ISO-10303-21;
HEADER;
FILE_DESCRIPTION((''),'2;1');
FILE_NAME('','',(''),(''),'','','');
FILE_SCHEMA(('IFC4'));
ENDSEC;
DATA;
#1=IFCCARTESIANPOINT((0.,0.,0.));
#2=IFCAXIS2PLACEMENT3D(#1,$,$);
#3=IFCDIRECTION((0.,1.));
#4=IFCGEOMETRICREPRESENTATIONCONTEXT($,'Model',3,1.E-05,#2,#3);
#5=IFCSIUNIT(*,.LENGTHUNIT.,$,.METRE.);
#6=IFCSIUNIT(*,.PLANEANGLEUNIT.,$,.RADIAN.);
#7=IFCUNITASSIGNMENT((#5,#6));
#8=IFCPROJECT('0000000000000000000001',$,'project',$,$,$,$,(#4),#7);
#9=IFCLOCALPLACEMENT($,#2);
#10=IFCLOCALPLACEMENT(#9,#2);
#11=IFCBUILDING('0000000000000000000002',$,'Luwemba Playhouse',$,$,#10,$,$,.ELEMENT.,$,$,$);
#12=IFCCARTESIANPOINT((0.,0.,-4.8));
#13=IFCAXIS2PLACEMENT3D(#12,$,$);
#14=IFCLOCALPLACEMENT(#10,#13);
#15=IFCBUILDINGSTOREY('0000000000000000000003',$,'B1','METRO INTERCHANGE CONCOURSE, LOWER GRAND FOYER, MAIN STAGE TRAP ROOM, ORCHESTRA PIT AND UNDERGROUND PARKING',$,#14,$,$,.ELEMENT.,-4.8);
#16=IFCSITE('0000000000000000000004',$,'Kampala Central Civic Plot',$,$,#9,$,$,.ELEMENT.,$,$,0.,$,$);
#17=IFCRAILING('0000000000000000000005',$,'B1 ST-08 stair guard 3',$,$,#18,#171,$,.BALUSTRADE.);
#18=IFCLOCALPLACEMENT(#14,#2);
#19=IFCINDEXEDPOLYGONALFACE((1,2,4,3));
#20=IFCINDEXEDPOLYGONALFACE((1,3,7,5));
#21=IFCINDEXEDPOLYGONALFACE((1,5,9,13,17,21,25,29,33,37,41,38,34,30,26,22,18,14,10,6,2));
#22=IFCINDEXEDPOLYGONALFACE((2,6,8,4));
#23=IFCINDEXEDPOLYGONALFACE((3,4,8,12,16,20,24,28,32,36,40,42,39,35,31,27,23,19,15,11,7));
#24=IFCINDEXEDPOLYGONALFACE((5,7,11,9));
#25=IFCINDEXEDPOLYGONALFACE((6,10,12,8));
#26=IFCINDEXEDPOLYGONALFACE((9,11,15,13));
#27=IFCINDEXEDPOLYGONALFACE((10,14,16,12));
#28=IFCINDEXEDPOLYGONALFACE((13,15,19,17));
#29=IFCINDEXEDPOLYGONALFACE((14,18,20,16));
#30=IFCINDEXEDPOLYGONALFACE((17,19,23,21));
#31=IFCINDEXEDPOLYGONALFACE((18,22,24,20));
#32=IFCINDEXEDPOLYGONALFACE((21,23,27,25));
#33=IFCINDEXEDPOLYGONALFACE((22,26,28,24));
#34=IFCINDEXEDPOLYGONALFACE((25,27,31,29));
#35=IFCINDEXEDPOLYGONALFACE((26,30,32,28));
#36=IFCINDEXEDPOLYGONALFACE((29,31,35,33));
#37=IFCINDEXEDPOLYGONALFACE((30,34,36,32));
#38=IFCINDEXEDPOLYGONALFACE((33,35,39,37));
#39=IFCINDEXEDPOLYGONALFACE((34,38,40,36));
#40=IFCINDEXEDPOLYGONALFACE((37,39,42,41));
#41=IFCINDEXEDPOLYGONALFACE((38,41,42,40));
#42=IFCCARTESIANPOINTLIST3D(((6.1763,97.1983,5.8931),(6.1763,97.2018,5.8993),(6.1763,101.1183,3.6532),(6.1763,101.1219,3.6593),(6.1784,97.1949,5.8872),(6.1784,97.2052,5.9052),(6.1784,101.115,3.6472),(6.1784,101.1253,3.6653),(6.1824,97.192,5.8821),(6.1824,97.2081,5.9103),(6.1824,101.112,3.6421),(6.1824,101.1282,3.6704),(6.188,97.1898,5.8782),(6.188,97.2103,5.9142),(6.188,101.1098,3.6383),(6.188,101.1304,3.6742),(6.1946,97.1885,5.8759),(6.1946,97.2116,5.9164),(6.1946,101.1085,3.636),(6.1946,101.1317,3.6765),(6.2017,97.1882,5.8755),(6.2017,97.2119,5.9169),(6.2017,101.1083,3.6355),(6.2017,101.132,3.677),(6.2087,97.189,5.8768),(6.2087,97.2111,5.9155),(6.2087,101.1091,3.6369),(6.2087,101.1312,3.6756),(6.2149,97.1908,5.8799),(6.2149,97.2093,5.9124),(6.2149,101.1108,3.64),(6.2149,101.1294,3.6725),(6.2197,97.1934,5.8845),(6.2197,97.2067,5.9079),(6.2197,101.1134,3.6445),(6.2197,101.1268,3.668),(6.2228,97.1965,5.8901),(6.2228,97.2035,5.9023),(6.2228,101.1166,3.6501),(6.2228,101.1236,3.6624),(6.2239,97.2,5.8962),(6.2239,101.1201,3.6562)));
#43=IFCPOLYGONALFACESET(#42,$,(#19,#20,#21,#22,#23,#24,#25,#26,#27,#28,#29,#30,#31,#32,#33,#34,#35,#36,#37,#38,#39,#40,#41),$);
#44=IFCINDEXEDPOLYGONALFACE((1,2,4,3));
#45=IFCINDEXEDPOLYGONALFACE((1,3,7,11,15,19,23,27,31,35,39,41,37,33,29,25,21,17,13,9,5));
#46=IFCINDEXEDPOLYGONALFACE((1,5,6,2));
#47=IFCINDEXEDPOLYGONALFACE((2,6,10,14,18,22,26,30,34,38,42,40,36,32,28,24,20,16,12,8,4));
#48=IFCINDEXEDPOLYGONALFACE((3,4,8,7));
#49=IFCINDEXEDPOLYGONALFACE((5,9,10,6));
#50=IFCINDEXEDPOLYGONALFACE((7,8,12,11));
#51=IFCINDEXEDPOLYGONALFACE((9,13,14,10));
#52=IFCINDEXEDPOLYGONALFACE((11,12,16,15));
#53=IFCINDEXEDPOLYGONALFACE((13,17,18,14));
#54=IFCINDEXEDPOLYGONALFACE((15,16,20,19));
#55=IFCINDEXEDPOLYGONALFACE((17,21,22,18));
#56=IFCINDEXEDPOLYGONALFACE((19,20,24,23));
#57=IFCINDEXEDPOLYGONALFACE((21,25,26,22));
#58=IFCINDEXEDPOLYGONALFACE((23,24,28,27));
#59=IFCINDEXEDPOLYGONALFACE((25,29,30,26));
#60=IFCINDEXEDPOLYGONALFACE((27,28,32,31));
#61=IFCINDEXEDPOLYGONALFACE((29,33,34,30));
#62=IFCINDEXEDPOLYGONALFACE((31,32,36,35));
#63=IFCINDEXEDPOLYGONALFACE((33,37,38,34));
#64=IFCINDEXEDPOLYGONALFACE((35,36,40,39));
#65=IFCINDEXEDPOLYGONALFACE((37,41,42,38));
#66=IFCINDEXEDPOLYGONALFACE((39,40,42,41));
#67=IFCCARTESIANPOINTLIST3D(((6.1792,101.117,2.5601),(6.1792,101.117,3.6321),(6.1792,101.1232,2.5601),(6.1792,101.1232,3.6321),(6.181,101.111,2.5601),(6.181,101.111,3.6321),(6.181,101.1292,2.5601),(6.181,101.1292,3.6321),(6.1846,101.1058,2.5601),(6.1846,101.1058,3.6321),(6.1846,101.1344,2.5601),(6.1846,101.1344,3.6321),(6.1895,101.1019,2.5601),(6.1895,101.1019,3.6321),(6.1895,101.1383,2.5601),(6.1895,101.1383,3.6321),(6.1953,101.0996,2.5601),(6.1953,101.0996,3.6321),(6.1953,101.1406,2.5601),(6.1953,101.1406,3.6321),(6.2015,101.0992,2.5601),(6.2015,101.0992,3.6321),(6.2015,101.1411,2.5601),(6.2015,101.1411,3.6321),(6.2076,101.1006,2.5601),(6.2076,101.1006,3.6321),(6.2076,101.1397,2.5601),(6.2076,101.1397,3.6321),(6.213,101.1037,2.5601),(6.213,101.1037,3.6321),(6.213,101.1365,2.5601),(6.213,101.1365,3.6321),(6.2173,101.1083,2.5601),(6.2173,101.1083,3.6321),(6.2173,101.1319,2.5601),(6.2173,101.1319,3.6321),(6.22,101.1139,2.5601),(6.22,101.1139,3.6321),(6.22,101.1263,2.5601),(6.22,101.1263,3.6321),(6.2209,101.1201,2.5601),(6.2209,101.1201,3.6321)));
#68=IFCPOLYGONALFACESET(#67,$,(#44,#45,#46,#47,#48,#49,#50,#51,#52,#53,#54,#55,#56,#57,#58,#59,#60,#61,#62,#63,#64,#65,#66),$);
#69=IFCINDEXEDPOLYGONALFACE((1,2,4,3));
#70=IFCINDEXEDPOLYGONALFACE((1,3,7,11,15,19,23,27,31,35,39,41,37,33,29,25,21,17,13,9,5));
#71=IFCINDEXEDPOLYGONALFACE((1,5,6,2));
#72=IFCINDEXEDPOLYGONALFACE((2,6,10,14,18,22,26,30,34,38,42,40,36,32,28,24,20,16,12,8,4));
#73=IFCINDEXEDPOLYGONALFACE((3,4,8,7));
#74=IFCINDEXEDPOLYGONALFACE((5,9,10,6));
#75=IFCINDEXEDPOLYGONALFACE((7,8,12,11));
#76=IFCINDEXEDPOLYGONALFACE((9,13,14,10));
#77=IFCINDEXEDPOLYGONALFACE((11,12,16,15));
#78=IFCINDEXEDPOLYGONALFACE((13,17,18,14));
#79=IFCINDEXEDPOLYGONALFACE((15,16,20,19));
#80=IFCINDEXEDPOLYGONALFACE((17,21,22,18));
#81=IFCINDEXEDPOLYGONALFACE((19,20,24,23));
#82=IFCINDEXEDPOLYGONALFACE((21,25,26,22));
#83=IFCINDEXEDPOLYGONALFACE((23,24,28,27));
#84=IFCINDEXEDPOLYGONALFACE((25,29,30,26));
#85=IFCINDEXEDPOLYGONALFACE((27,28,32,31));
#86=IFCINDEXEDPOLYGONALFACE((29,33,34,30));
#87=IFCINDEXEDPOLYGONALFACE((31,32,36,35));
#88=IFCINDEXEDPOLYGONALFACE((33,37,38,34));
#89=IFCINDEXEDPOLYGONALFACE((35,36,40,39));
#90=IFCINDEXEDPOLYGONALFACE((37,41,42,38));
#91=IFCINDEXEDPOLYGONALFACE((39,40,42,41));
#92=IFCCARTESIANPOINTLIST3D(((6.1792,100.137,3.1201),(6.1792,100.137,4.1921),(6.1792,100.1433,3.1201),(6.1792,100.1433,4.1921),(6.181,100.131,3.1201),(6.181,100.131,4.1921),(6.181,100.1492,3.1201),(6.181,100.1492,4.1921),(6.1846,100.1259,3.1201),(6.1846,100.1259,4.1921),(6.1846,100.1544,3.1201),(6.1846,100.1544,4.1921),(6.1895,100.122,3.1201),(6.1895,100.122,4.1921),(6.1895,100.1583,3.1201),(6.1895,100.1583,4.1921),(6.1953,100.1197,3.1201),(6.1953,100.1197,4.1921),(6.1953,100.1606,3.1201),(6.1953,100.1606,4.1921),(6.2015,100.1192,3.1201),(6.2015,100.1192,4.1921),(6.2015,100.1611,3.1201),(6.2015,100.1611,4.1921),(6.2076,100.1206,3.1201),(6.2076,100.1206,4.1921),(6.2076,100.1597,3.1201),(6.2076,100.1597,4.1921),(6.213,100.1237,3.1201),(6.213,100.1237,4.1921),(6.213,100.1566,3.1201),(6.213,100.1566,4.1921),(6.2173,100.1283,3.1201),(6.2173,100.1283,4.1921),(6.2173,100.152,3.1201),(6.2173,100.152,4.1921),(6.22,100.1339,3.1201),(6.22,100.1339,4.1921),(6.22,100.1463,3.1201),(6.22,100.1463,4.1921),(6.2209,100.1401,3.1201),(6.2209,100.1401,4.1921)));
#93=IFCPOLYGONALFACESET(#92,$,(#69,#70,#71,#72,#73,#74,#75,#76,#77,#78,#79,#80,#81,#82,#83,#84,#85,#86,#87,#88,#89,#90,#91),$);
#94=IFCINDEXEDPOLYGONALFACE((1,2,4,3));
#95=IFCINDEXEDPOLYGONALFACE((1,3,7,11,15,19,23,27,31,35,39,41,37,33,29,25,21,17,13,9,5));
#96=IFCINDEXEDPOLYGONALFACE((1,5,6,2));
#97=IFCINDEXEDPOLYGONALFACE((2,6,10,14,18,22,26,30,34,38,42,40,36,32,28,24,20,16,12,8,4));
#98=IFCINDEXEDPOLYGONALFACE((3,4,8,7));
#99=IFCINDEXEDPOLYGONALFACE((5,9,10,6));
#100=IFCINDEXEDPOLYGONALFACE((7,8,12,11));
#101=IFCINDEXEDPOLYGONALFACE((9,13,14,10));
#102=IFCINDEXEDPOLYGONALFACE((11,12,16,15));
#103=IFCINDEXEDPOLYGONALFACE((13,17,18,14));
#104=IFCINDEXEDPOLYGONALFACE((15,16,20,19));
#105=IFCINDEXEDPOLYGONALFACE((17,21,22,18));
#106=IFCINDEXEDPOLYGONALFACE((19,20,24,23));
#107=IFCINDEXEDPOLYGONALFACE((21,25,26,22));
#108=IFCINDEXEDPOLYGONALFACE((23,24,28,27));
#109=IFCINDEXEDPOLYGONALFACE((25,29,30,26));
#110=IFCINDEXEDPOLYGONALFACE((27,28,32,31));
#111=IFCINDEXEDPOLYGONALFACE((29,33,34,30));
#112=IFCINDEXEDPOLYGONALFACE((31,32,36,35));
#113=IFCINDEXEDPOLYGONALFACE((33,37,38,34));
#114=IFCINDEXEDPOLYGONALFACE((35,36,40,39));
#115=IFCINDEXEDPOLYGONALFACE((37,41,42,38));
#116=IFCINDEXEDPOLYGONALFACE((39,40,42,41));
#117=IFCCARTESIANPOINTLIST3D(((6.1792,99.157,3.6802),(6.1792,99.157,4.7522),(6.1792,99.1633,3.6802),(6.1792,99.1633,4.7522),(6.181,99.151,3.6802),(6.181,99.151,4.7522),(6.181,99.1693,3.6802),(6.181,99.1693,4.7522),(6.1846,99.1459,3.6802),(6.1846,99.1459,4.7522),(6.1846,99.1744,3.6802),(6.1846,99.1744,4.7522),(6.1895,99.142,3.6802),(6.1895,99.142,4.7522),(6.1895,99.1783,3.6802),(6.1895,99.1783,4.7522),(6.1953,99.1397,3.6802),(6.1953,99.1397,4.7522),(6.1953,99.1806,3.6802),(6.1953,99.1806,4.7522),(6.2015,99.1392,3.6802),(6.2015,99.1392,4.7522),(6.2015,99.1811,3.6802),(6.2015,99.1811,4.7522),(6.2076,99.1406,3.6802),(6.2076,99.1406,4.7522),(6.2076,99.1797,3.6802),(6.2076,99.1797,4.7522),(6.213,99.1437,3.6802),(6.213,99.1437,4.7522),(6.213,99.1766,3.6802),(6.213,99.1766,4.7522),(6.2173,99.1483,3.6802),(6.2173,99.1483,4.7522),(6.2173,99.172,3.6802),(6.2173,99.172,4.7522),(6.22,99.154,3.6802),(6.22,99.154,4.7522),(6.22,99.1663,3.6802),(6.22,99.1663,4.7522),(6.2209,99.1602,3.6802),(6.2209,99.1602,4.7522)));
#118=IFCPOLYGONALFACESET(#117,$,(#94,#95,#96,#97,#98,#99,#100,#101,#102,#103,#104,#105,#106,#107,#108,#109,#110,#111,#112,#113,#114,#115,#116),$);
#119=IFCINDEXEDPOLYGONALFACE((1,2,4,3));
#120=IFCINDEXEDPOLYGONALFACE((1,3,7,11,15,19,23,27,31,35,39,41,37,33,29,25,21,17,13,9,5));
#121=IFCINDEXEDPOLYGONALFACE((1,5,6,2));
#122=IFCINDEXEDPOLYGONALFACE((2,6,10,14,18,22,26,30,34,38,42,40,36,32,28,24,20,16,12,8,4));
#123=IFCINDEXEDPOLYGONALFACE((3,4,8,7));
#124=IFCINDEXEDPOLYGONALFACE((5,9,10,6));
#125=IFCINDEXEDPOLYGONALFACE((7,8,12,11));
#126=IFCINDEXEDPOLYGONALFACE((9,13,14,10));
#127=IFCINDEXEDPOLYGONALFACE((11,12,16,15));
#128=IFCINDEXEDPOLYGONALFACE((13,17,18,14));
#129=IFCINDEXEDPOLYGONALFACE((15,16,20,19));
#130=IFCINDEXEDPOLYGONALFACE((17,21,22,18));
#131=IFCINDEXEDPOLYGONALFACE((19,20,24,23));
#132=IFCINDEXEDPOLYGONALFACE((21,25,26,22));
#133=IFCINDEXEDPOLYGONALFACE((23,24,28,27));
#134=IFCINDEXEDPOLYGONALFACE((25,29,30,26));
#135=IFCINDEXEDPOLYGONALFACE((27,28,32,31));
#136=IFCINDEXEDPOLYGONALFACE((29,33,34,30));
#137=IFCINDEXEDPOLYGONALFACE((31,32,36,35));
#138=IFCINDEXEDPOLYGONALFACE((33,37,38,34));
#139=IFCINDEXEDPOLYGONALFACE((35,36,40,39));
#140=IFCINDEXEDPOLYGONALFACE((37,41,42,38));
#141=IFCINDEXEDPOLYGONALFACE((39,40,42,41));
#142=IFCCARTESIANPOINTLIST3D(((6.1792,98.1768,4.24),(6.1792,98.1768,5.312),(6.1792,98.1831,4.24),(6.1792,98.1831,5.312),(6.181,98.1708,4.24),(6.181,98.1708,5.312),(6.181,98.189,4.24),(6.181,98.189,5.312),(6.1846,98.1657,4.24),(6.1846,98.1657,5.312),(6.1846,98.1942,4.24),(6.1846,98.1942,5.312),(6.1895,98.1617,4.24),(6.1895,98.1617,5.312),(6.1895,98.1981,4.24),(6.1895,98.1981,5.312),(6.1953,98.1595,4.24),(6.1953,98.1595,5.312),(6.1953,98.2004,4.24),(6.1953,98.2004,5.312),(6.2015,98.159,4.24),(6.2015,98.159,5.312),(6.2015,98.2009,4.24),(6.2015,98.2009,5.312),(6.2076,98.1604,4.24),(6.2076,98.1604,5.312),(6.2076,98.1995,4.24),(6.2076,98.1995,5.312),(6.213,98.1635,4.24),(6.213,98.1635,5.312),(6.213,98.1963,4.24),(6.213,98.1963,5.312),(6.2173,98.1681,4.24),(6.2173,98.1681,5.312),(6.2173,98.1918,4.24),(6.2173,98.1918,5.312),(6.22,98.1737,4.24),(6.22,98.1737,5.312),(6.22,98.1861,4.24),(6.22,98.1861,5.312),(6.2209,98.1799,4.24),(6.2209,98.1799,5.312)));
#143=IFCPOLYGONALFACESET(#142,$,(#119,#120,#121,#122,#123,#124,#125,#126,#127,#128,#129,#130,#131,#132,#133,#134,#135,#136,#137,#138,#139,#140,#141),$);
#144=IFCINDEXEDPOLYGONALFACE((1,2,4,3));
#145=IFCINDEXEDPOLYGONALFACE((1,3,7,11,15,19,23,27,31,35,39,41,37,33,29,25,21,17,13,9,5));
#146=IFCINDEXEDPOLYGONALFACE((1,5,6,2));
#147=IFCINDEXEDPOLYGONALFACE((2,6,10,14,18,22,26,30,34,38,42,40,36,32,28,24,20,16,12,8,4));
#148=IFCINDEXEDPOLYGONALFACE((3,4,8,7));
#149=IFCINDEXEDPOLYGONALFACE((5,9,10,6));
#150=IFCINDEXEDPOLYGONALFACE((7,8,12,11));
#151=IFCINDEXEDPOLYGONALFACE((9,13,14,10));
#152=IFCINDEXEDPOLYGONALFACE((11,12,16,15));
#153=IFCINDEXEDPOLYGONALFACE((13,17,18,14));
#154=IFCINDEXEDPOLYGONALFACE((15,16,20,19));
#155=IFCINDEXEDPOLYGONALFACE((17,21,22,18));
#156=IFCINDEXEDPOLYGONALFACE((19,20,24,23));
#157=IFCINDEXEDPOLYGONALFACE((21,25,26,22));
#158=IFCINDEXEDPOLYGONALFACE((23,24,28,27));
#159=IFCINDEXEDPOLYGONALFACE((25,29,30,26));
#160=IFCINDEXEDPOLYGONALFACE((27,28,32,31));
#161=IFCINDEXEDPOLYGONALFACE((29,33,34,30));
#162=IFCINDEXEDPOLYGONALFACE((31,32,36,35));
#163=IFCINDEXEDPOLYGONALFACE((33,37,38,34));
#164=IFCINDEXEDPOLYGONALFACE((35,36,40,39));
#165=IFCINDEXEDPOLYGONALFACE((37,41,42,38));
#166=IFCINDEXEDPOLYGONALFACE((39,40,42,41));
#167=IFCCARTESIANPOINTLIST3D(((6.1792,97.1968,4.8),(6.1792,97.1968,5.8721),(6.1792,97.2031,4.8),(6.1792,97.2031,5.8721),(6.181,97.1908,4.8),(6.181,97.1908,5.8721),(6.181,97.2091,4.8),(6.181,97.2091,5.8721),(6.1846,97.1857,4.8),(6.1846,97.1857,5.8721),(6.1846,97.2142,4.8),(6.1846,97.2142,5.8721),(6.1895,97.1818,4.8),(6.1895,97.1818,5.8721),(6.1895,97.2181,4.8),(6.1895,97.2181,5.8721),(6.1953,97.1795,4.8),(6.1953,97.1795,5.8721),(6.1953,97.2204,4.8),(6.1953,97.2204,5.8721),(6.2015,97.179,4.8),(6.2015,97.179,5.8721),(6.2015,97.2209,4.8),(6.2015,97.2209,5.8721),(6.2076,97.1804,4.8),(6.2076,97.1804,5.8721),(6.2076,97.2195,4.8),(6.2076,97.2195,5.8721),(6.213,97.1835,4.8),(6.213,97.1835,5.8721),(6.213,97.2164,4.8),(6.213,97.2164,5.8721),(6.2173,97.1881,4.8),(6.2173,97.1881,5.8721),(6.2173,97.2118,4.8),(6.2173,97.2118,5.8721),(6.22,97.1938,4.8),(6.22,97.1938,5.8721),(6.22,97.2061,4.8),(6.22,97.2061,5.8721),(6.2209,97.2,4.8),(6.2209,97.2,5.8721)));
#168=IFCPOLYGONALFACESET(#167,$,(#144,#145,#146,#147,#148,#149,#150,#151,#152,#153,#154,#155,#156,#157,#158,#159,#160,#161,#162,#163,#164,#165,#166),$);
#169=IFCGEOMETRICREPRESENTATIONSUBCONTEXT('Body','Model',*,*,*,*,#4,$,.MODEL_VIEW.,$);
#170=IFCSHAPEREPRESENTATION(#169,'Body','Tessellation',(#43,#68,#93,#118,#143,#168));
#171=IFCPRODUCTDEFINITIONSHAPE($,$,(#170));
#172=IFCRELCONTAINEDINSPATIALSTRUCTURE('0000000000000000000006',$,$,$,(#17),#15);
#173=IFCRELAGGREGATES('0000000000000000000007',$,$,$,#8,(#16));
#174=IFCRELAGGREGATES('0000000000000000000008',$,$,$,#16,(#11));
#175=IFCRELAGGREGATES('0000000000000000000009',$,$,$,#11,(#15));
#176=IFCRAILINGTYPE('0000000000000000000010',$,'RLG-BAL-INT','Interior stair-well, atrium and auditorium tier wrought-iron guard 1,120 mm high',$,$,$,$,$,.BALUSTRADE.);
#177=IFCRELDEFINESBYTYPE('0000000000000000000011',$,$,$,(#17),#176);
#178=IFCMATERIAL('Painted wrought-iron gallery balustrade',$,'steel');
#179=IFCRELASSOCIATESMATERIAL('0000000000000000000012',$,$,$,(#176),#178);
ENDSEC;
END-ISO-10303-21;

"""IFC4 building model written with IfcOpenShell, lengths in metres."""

from ifc_helpers import new_model, si_unit, direction, frame, origin, origin_2d, place, context, subcontext, project, spatial, circle, extrude, material, type_object, element, save


model = new_model("IFC4")

# Units and contexts
model_context = context("Model", 3, precision=1e-05, world=origin(), true_north=direction((0.0, 1.0)))
body_context = subcontext(model_context, "Body", "Model", "MODEL_VIEW")
ifc_project = project(units=[si_unit("LENGTHUNIT", "METRE"), si_unit("PLANEANGLEUNIT", "RADIAN")], contexts=[model_context])

# Site, building, storey
site_placement = place(None, origin())
site = spatial("IfcSite", under=ifc_project, at=site_placement, Name="Kampala Central Civic Plot", CompositionType="ELEMENT", RefElevation=0.0)
building_placement = place(site_placement, origin())
building = spatial("IfcBuilding", under=site, at=building_placement, Name="Luwemba Playhouse", CompositionType="ELEMENT")
storey_placement = place(building_placement, frame((0.0, 0.0, -4.8)))
storey = spatial("IfcBuildingStorey", under=building, at=storey_placement, Name="B1", Description="METRO INTERCHANGE CONCOURSE, LOWER GRAND FOYER, MAIN STAGE TRAP ROOM, ORCHESTRA PIT AND UNDERGROUND PARKING", CompositionType="ELEMENT", Elevation=-4.8)

# Railing
ifc_material_1 = material(Name="Painted wrought-iron gallery balustrade", Category="steel")
railing_type_1 = type_object("IfcRailingType", Name="RLG-BAL-INT", Description="Interior stair-well, atrium and auditorium tier wrought-iron guard 1,120 mm high", PredefinedType="BALUSTRADE", material=ifc_material_1)
railing_1_placement = place(storey_placement, frame((6.2, 101.1201, 2.5601)))
element("IfcRailing", 1, at=railing_1_placement, inside=storey, type_object=railing_type_1, Name="B1 ST-08 stair guard 3", PredefinedType="BALUSTRADE", context=body_context, shape_type="SweptSolid", body=[
    extrude(circle(Radius=0.0239, at=origin_2d()), frame((0.0, 0.0, 1.0962), z_axis=(0.0, -0.868253, 0.496121), x_axis=(1.0, 0.0, 0.0)), (0.0, 0.0, 1.0), 4.5149),
    extrude(circle(Radius=0.021, at=origin_2d()), origin(), (0.0, 0.0, 1.0), 1.072),
    extrude(circle(Radius=0.021, at=origin_2d()), frame((0.0, -0.98, 0.5601)), (0.0, 0.0, 1.0), 1.072),
    extrude(circle(Radius=0.021, at=origin_2d()), frame((0.0, -1.96, 1.1201)), (0.0, 0.0, 1.0), 1.072),
    extrude(circle(Radius=0.021, at=origin_2d()), frame((0.0, -2.9402, 1.6799)), (0.0, 0.0, 1.0), 1.072),
    extrude(circle(Radius=0.021, at=origin_2d()), frame((0.0, -3.9202, 2.24)), (0.0, 0.0, 1.0), 1.072),
])

save(model, "model.ifc")
